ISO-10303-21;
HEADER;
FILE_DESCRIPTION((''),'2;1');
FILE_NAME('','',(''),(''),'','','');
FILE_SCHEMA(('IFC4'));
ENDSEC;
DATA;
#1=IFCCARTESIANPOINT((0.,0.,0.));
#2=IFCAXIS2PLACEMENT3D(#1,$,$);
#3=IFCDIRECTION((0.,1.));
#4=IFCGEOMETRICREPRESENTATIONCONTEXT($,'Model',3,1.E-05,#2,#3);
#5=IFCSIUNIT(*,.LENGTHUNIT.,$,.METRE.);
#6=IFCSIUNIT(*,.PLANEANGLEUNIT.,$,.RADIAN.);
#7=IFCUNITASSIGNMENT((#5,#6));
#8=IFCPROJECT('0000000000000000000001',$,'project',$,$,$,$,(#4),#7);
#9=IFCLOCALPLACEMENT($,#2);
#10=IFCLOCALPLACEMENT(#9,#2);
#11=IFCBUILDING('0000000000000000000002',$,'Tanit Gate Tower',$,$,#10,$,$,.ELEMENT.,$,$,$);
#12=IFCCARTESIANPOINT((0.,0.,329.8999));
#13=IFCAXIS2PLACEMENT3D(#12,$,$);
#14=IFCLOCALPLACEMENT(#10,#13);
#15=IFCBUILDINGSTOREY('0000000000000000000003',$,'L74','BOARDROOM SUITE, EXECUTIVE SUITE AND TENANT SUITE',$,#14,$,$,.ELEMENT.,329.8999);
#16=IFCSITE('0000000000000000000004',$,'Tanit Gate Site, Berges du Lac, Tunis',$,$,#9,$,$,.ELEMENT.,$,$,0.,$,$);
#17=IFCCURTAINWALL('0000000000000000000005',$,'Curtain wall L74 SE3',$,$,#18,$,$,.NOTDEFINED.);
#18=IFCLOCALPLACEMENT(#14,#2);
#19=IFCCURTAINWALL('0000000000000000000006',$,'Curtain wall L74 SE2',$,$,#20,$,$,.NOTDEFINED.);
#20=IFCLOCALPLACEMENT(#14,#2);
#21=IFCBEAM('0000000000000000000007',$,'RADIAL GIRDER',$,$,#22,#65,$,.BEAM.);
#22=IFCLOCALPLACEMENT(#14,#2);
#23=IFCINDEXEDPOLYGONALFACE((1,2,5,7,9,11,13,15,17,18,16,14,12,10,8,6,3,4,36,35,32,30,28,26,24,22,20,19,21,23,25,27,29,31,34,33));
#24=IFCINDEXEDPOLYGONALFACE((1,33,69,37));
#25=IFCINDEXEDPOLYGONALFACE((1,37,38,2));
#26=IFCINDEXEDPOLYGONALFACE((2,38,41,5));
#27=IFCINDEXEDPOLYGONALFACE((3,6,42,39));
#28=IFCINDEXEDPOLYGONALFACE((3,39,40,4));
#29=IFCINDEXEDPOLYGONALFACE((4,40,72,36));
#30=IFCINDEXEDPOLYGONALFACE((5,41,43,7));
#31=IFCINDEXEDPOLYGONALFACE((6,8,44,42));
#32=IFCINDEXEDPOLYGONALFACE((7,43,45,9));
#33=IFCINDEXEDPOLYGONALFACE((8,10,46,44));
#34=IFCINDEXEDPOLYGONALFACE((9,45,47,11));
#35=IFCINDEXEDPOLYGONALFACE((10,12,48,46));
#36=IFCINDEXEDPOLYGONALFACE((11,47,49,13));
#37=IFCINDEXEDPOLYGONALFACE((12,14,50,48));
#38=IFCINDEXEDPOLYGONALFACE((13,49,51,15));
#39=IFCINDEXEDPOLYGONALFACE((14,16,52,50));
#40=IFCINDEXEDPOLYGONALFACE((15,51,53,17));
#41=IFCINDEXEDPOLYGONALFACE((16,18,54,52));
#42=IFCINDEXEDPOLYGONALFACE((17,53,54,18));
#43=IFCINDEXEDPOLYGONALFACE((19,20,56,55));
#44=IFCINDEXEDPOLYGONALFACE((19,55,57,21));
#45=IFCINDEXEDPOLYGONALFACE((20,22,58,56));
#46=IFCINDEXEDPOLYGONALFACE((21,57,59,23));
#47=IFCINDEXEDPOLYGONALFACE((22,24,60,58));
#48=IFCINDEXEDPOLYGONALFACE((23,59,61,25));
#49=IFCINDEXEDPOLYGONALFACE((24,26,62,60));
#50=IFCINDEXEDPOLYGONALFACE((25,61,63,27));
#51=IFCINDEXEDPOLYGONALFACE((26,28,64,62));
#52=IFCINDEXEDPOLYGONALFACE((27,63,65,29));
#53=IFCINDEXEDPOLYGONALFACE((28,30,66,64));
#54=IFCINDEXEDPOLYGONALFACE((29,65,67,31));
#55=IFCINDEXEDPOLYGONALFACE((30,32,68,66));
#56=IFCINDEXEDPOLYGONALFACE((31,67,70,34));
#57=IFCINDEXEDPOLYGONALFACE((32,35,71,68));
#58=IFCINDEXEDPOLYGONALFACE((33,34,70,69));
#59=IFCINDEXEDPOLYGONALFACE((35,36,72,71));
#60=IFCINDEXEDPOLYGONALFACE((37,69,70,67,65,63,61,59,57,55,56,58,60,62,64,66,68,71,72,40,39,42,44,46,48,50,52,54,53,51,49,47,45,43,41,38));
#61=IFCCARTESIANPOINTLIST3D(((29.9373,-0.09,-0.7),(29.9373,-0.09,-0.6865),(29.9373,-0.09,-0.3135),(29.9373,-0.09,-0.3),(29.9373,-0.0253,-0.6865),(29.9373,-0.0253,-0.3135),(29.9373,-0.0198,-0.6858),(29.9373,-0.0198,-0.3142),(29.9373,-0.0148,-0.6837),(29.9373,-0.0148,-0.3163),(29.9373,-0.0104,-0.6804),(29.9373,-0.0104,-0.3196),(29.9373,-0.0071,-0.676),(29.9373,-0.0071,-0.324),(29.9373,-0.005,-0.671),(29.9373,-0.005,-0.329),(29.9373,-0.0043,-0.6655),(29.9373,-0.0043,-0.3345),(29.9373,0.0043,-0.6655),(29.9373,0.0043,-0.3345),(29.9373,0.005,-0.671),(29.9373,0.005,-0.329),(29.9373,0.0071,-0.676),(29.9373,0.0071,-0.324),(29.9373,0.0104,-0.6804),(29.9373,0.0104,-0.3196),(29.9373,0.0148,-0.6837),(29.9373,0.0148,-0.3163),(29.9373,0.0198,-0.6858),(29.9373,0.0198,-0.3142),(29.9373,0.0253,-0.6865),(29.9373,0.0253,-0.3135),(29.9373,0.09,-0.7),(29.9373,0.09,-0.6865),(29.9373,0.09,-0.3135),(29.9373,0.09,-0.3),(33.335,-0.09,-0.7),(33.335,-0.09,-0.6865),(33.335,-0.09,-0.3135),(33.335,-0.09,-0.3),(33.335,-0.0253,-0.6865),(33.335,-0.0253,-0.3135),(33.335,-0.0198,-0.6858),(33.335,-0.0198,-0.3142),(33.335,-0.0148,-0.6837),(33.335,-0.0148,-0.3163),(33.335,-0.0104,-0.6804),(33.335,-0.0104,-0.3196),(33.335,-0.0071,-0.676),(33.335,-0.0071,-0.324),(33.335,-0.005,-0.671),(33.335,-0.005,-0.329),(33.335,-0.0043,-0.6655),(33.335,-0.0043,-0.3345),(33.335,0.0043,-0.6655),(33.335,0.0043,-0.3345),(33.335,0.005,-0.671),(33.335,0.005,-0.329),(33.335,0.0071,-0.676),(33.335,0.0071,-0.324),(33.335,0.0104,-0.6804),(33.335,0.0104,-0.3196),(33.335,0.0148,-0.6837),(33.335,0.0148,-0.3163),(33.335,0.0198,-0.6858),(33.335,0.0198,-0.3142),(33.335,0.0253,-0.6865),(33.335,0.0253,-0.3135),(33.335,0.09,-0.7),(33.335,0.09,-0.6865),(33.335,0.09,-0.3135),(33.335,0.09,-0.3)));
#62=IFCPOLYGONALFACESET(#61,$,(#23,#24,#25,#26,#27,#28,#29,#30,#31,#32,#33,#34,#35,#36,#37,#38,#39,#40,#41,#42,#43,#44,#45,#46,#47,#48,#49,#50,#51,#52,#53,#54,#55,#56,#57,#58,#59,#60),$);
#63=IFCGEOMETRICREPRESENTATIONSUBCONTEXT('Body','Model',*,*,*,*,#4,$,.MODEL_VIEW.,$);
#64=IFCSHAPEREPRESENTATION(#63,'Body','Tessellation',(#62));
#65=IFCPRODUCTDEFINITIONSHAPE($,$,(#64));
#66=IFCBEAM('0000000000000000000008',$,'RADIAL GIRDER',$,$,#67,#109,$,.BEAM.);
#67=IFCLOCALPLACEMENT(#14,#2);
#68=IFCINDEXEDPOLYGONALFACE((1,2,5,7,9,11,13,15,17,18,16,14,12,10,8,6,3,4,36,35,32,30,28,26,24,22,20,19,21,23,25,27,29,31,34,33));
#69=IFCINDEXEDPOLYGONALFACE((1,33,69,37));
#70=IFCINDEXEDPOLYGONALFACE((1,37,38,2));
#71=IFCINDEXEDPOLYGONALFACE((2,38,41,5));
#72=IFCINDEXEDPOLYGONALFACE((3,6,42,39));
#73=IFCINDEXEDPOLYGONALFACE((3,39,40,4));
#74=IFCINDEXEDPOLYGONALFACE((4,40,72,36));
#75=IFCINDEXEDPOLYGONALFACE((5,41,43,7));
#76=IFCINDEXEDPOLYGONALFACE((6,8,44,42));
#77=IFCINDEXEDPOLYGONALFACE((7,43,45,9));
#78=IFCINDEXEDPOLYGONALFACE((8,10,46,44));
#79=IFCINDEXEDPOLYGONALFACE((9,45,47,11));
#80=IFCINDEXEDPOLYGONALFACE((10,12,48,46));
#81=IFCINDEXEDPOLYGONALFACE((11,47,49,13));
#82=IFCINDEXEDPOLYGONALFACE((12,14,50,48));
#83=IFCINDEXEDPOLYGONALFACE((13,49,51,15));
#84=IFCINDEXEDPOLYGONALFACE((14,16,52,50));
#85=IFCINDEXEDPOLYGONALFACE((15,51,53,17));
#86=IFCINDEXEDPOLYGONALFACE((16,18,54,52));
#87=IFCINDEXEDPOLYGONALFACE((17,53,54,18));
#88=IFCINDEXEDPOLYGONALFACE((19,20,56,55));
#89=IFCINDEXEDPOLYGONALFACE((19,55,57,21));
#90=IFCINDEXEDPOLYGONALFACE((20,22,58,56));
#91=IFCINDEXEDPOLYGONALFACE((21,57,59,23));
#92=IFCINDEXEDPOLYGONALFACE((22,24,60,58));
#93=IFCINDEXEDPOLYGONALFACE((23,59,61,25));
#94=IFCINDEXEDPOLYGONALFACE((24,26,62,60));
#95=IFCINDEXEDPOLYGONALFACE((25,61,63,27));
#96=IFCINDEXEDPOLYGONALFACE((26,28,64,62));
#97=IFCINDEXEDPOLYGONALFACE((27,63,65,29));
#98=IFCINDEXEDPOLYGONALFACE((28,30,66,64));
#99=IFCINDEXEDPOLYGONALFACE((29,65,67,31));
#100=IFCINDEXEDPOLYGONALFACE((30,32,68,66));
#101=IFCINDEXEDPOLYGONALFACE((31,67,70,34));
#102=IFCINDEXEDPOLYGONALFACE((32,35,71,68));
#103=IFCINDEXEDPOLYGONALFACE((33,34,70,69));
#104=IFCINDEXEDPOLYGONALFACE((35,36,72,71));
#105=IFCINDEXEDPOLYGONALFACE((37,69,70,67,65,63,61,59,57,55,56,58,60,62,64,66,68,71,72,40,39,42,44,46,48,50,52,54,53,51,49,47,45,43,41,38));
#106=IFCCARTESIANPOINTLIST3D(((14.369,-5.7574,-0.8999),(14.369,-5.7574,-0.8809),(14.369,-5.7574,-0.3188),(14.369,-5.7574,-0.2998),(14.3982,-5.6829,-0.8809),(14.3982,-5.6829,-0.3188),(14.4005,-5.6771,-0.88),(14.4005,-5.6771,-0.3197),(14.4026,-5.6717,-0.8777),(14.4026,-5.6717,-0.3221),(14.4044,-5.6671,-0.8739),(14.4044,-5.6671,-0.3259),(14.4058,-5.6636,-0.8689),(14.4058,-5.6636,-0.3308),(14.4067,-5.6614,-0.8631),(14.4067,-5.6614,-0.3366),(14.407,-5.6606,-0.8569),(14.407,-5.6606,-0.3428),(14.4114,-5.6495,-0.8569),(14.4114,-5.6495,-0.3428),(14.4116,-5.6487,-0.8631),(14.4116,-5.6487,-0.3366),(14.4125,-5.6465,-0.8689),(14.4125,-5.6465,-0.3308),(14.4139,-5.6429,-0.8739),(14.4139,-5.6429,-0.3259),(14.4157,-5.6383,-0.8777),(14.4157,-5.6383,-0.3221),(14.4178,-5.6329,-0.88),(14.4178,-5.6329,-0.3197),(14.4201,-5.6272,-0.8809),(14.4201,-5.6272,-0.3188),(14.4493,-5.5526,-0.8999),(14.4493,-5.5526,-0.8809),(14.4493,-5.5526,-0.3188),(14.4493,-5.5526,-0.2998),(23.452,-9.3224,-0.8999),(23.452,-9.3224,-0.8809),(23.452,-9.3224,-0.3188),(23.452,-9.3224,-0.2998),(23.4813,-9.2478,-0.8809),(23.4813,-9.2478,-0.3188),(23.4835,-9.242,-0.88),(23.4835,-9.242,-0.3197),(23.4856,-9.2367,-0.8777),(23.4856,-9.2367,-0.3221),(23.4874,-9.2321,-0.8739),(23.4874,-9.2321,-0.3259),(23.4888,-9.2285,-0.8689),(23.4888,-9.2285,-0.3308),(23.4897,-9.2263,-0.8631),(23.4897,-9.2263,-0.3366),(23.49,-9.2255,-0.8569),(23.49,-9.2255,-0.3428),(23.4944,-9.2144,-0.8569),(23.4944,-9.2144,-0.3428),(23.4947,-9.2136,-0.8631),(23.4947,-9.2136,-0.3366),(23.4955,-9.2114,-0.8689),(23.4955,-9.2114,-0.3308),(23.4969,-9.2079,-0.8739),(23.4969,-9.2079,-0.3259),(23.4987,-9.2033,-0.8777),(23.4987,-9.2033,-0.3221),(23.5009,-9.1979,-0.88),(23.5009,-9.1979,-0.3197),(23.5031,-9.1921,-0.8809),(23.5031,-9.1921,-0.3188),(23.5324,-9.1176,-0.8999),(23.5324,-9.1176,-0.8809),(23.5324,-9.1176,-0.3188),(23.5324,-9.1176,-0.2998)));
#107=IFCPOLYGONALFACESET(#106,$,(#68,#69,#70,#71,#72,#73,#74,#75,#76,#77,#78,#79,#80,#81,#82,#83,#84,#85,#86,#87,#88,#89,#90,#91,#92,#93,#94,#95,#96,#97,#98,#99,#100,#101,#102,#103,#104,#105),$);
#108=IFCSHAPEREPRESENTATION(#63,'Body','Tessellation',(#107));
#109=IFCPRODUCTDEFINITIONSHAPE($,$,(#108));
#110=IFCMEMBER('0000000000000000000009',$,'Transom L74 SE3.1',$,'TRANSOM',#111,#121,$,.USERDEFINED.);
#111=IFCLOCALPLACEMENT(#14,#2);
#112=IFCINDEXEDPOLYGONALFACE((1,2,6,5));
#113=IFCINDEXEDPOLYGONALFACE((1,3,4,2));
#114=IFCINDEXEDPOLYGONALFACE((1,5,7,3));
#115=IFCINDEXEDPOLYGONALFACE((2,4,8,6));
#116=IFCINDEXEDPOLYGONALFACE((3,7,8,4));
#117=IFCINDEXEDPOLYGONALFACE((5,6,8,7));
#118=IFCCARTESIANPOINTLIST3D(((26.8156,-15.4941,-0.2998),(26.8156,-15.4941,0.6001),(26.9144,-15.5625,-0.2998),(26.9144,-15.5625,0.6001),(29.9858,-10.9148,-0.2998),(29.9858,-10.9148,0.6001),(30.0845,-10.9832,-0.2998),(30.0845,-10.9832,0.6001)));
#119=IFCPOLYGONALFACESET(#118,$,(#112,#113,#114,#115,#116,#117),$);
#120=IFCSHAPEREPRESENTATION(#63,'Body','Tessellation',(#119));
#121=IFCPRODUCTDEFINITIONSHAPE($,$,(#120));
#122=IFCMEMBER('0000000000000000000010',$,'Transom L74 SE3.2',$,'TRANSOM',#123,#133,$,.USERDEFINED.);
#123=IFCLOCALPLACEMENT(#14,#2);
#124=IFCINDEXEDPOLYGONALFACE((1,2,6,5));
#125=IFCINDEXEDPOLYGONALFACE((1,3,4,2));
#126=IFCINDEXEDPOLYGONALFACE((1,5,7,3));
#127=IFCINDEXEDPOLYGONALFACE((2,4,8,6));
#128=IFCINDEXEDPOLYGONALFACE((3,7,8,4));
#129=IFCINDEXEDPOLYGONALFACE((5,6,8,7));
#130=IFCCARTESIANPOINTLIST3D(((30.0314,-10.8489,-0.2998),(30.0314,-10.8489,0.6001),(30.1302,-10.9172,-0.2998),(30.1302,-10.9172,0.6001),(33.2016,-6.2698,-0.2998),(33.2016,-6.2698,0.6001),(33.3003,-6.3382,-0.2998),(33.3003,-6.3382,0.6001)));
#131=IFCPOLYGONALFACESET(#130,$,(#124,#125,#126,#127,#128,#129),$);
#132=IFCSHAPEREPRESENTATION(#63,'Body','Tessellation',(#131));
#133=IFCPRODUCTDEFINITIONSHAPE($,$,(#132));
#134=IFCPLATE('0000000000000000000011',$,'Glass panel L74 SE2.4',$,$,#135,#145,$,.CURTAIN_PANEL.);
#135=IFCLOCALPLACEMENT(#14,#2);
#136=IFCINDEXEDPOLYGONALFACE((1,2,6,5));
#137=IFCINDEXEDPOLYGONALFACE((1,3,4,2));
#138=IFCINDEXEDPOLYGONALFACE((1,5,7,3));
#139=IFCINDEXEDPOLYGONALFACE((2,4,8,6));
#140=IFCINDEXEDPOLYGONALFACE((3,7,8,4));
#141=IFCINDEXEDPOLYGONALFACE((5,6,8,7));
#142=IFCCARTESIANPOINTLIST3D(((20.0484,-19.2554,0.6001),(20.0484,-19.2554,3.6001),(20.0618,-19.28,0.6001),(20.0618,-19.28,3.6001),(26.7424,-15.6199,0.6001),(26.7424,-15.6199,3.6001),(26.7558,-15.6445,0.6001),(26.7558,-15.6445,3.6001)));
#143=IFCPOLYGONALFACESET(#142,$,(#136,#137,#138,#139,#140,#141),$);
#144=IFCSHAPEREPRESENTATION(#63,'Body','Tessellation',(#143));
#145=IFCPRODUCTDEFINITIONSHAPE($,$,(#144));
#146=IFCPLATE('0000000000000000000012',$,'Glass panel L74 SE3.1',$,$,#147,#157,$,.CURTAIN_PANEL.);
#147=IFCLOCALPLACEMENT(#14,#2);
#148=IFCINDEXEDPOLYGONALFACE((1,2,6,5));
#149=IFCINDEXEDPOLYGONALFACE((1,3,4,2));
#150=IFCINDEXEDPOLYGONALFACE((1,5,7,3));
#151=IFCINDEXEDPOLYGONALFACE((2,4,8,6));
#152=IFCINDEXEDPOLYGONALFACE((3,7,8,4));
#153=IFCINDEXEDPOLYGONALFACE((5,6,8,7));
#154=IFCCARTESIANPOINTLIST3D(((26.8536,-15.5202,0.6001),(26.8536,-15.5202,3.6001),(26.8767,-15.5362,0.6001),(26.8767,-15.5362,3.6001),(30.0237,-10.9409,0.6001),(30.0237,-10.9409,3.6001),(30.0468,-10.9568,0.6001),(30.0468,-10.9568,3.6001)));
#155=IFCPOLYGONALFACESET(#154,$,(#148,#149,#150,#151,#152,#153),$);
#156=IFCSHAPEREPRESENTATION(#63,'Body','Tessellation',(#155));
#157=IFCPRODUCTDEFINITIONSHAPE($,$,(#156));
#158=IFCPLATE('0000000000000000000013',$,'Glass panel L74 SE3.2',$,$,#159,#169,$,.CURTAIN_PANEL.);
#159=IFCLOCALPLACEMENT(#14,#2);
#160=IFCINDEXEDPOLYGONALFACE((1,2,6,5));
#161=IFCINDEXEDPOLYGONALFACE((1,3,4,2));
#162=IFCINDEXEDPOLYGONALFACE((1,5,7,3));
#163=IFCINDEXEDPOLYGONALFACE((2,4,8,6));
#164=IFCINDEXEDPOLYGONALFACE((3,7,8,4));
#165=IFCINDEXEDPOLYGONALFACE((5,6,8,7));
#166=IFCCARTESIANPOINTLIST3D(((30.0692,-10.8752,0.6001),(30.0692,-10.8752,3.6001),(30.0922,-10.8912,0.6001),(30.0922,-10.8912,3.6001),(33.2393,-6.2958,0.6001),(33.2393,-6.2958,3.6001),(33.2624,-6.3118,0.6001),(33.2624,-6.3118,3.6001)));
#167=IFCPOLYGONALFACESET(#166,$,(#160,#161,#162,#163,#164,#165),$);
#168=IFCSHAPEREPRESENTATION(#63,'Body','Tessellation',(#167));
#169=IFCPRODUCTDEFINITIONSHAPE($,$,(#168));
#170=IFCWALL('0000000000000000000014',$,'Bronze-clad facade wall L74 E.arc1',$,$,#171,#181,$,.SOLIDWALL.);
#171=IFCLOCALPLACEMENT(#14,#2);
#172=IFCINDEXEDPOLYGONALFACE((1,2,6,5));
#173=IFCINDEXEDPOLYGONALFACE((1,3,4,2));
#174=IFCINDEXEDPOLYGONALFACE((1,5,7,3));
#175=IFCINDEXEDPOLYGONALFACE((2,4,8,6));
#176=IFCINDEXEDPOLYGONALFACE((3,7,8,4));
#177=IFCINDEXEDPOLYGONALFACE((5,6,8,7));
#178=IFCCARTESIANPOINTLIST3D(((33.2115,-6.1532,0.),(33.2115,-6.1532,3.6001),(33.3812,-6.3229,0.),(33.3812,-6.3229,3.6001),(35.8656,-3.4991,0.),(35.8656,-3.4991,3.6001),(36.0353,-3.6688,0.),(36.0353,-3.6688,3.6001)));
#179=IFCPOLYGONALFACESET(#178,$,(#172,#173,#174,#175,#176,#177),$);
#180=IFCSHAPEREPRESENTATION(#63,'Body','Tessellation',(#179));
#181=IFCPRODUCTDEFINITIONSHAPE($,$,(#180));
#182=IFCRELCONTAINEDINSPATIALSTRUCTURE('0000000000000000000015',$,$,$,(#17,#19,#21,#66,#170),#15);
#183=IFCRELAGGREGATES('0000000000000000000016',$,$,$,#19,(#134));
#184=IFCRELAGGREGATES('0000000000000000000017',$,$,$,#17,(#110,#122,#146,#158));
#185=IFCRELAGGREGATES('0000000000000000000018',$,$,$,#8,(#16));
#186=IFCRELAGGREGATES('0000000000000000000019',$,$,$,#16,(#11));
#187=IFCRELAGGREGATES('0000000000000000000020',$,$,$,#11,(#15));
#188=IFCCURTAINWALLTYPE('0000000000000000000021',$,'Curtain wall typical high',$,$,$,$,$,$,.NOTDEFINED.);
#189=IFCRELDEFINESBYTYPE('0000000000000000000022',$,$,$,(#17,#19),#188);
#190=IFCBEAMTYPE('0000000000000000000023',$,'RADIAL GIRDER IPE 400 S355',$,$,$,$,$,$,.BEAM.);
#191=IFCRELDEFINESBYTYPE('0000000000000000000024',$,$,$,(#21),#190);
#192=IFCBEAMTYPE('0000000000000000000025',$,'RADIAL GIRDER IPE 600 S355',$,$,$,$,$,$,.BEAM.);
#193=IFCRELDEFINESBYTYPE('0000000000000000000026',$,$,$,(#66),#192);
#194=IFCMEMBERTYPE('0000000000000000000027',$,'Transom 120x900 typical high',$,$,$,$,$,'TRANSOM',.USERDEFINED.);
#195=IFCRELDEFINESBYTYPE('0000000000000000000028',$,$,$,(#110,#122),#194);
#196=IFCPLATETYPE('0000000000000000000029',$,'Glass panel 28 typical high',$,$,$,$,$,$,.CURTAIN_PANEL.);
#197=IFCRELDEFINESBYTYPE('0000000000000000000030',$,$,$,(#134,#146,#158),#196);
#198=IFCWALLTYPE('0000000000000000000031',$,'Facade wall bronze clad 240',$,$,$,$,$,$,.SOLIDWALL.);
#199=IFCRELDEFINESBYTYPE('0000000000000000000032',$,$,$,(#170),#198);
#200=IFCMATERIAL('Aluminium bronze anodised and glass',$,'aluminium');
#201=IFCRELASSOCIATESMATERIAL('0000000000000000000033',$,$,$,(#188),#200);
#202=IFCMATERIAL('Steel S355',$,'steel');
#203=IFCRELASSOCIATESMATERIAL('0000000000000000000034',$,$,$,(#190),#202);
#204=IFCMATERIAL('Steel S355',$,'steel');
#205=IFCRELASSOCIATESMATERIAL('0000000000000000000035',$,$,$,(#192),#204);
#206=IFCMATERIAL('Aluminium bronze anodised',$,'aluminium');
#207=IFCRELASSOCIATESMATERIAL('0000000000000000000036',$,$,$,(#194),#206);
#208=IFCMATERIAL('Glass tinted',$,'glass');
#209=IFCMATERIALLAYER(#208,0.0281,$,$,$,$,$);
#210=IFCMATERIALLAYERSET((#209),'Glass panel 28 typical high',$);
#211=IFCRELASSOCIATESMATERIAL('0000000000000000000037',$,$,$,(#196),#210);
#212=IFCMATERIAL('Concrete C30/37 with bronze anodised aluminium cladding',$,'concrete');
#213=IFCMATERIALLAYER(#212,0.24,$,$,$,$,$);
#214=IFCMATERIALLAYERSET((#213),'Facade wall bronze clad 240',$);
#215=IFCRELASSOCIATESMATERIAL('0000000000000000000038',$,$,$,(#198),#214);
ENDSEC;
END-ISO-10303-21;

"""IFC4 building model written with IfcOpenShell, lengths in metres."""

from ifc_helpers import new_model, si_unit, direction, frame, frame_2d, origin, origin_2d, place, context, subcontext, project, spatial, rectangle, i_section, extrude, material, layer, layer_set, material_profile, profile_set, type_object, element, aggregate, save


model = new_model("IFC4")

# Units and contexts
model_context = context("Model", 3, precision=1e-05, world=origin(), true_north=direction((0.0, 1.0)))
body_context = subcontext(model_context, "Body", "Model", "MODEL_VIEW")
ifc_project = project(units=[si_unit("LENGTHUNIT", "METRE"), si_unit("PLANEANGLEUNIT", "RADIAN")], contexts=[model_context])

# Site, building, storey
site_placement = place(None, origin())
site = spatial("IfcSite", under=ifc_project, at=site_placement, Name="Tanit Gate Site, Berges du Lac, Tunis", CompositionType="ELEMENT", RefElevation=0.0)
building_placement = place(site_placement, origin())
building = spatial("IfcBuilding", under=site, at=building_placement, Name="Tanit Gate Tower", CompositionType="ELEMENT")
storey_placement = place(building_placement, frame((0.0, 0.0, 329.8999)))
storey = spatial("IfcBuildingStorey", under=building, at=storey_placement, Name="L74", Description="BOARDROOM SUITE, EXECUTIVE SUITE AND TENANT SUITE", CompositionType="ELEMENT", Elevation=329.8999)

# Curtain wall
ifc_material_1 = material(Name="Aluminium bronze anodised and glass", Category="aluminium")
curtain_wall_type = type_object("IfcCurtainWallType", Name="Curtain wall typical high", PredefinedType="NOTDEFINED", material=ifc_material_1)
curtain_wall_1_placement = place(storey_placement, origin())
curtain_wall_1 = element("IfcCurtainWall", 1, at=curtain_wall_1_placement, inside=storey, type_object=curtain_wall_type, Name="Curtain wall L74 SE3", PredefinedType="NOTDEFINED")

# Curtain wall
curtain_wall_2_placement = place(storey_placement, origin())
curtain_wall_2 = element("IfcCurtainWall", 2, at=curtain_wall_2_placement, inside=storey, type_object=curtain_wall_type, Name="Curtain wall L74 SE2", PredefinedType="NOTDEFINED")

# Beams
ifc_material_2 = material(Name="Steel S355", Category="steel")
ifc_material_profile_1 = material_profile(ifc_material_2, i_section(OverallWidth=0.1799, OverallDepth=0.3999, WebThickness=0.0085, FlangeThickness=0.0134, FilletRadius=0.021, at=origin_2d()), Name="IPE 400")
ifc_profile_set_1 = profile_set([ifc_material_profile_1], Name="Steel S355")
beam_type_1 = type_object("IfcBeamType", Name="RADIAL GIRDER IPE 400 S355", PredefinedType="BEAM", material=ifc_profile_set_1)
beam_1_placement = place(storey_placement, frame((33.335, 0.0, -0.5), z_axis=(-1.0, 0.0, 0.0), x_axis=(0.0, -1.0, 0.0)))
element("IfcBeam", 3, at=beam_1_placement, inside=storey, type_object=beam_type_1, Name="RADIAL GIRDER", PredefinedType="BEAM", context=body_context, shape_type="SweptSolid", body=[
    extrude(i_section(OverallWidth=0.1799, OverallDepth=0.3999, WebThickness=0.0085, FlangeThickness=0.0134, FilletRadius=0.021, at=origin_2d()), origin(), (0.0, 0.0, 1.0), 3.3977),
])
ifc_material_3 = material(Name="Steel S355", Category="steel")
ifc_material_profile_2 = material_profile(ifc_material_3, i_section(OverallWidth=0.22, OverallDepth=0.6001, WebThickness=0.012, FlangeThickness=0.019, FilletRadius=0.0239, at=origin_2d()), Name="IPE 600")
ifc_profile_set_2 = profile_set([ifc_material_profile_2], Name="Steel S355")
beam_type_2 = type_object("IfcBeamType", Name="RADIAL GIRDER IPE 600 S355", PredefinedType="BEAM", material=ifc_profile_set_2)
beam_2_placement = place(storey_placement, frame((23.4922, -9.22, -0.5999), z_axis=(-0.930869, 0.365352, 0.0), x_axis=(-0.365352, -0.930869, 0.0)))
element("IfcBeam", 4, at=beam_2_placement, inside=storey, type_object=beam_type_2, Name="RADIAL GIRDER", PredefinedType="BEAM", context=body_context, shape_type="SweptSolid", body=[
    extrude(i_section(OverallWidth=0.22, OverallDepth=0.6001, WebThickness=0.012, FlangeThickness=0.019, FilletRadius=0.0239, at=origin_2d()), origin(), (0.0, 0.0, 1.0), 9.7576),
])

# Members
ifc_material_4 = material(Name="Aluminium bronze anodised", Category="aluminium")
ifc_material_profile_3 = material_profile(ifc_material_4, rectangle(XDim=0.1201, YDim=0.8999, at=origin_2d()), Name="120x900 bronze transom")
ifc_profile_set_3 = profile_set([ifc_material_profile_3], Name="Aluminium bronze anodised")
member_type_1 = type_object("IfcMemberType", Name="Transom 120x900 typical high", ElementType="TRANSOM", PredefinedType="USERDEFINED", material=ifc_profile_set_3)
member_1_placement = place(storey_placement, frame((26.865, -15.5283, 0.1501), z_axis=(0.569192, 0.822205, 0.0), x_axis=(-0.822205, 0.569192, 0.0)))
member_1 = element("IfcMember", 5, at=member_1_placement, type_object=member_type_1, Name="Transom L74 SE3.1", ObjectType="TRANSOM", PredefinedType="USERDEFINED", context=body_context, shape_type="SweptSolid", body=[
    extrude(rectangle(XDim=0.1201, YDim=0.8999, at=origin_2d()), origin(), (0.0, 0.0, 1.0), 5.5696),
])
member_2_placement = place(storey_placement, frame((30.0808, -10.8831, 0.1501), z_axis=(0.569212, 0.822191, 0.0), x_axis=(-0.822191, 0.569212, 0.0)))
member_2 = element("IfcMember", 6, at=member_2_placement, type_object=member_type_1, Name="Transom L74 SE3.2", ObjectType="TRANSOM", PredefinedType="USERDEFINED", context=body_context, shape_type="SweptSolid", body=[
    extrude(rectangle(XDim=0.1201, YDim=0.8999, at=origin_2d()), origin(), (0.0, 0.0, 1.0), 5.5693),
])

# Plates
ifc_material_5 = material(Name="Glass tinted", Category="glass")
ifc_layer_1 = layer(ifc_material_5, 0.0281)
ifc_layer_set_1 = layer_set([ifc_layer_1], Name="Glass panel 28 typical high")
plate_type = type_object("IfcPlateType", Name="Glass panel 28 typical high", PredefinedType="CURTAIN_PANEL", material=ifc_layer_set_1)
plate_1_placement = place(storey_placement, frame((23.4021, -17.45, 0.6001), z_axis=(0.0, 0.0, 1.0), x_axis=(0.878762, 0.477259, 0.0)))
plate_1 = element("IfcPlate", 7, at=plate_1_placement, type_object=plate_type, Name="Glass panel L74 SE2.4", PredefinedType="CURTAIN_PANEL", context=body_context, shape_type="SweptSolid", body=[
    extrude(rectangle(XDim=7.6174, YDim=0.0281, at=origin_2d()), origin(), (0.0, 0.0, 1.0), 3.0),
])
aggregate(curtain_wall_2, [plate_1])
plate_2_placement = place(storey_placement, frame((28.4502, -13.2385, 0.6001), z_axis=(0.0, 0.0, 1.0), x_axis=(0.56919, 0.822206, 0.0)))
plate_2 = element("IfcPlate", 8, at=plate_2_placement, type_object=plate_type, Name="Glass panel L74 SE3.1", PredefinedType="CURTAIN_PANEL", context=body_context, shape_type="SweptSolid", body=[
    extrude(rectangle(XDim=5.5696, YDim=0.0281, at=origin_2d()), origin(), (0.0, 0.0, 1.0), 3.0),
])
plate_3_placement = place(storey_placement, frame((31.6658, -8.5935, 0.6001), z_axis=(0.0, 0.0, 1.0), x_axis=(0.56919, 0.822206, 0.0)))
plate_3 = element("IfcPlate", 9, at=plate_3_placement, type_object=plate_type, Name="Glass panel L74 SE3.2", PredefinedType="CURTAIN_PANEL", context=body_context, shape_type="SweptSolid", body=[
    extrude(rectangle(XDim=5.5696, YDim=0.0281, at=origin_2d()), origin(), (0.0, 0.0, 1.0), 3.0),
])
aggregate(curtain_wall_1, [member_1, member_2, plate_2, plate_3])

# Wall
ifc_material_6 = material(Name="Concrete C30/37 with bronze anodised aluminium cladding", Category="concrete")
ifc_layer_2 = layer(ifc_material_6, 0.24)
ifc_layer_set_2 = layer_set([ifc_layer_2], Name="Facade wall bronze clad 240")
wall_type_1 = type_object("IfcWallType", Name="Facade wall bronze clad 240", PredefinedType="SOLIDWALL", material=ifc_layer_set_2)
wall_1_placement = place(storey_placement, frame((33.2964, -6.238, 0.0), z_axis=(0.0, 0.0, 1.0), x_axis=(0.707107, 0.707107, 0.0)))
element("IfcWall", 10, at=wall_1_placement, inside=storey, type_object=wall_type_1, Name="Bronze-clad facade wall L74 E.arc1", PredefinedType="SOLIDWALL", context=body_context, shape_type="SweptSolid", body=[
    extrude(rectangle(XDim=3.7534, YDim=0.24, at=frame_2d((1.8767, 0.0))), origin(), (0.0, 0.0, 1.0), 3.6001),
])

save(model, "model.ifc")
